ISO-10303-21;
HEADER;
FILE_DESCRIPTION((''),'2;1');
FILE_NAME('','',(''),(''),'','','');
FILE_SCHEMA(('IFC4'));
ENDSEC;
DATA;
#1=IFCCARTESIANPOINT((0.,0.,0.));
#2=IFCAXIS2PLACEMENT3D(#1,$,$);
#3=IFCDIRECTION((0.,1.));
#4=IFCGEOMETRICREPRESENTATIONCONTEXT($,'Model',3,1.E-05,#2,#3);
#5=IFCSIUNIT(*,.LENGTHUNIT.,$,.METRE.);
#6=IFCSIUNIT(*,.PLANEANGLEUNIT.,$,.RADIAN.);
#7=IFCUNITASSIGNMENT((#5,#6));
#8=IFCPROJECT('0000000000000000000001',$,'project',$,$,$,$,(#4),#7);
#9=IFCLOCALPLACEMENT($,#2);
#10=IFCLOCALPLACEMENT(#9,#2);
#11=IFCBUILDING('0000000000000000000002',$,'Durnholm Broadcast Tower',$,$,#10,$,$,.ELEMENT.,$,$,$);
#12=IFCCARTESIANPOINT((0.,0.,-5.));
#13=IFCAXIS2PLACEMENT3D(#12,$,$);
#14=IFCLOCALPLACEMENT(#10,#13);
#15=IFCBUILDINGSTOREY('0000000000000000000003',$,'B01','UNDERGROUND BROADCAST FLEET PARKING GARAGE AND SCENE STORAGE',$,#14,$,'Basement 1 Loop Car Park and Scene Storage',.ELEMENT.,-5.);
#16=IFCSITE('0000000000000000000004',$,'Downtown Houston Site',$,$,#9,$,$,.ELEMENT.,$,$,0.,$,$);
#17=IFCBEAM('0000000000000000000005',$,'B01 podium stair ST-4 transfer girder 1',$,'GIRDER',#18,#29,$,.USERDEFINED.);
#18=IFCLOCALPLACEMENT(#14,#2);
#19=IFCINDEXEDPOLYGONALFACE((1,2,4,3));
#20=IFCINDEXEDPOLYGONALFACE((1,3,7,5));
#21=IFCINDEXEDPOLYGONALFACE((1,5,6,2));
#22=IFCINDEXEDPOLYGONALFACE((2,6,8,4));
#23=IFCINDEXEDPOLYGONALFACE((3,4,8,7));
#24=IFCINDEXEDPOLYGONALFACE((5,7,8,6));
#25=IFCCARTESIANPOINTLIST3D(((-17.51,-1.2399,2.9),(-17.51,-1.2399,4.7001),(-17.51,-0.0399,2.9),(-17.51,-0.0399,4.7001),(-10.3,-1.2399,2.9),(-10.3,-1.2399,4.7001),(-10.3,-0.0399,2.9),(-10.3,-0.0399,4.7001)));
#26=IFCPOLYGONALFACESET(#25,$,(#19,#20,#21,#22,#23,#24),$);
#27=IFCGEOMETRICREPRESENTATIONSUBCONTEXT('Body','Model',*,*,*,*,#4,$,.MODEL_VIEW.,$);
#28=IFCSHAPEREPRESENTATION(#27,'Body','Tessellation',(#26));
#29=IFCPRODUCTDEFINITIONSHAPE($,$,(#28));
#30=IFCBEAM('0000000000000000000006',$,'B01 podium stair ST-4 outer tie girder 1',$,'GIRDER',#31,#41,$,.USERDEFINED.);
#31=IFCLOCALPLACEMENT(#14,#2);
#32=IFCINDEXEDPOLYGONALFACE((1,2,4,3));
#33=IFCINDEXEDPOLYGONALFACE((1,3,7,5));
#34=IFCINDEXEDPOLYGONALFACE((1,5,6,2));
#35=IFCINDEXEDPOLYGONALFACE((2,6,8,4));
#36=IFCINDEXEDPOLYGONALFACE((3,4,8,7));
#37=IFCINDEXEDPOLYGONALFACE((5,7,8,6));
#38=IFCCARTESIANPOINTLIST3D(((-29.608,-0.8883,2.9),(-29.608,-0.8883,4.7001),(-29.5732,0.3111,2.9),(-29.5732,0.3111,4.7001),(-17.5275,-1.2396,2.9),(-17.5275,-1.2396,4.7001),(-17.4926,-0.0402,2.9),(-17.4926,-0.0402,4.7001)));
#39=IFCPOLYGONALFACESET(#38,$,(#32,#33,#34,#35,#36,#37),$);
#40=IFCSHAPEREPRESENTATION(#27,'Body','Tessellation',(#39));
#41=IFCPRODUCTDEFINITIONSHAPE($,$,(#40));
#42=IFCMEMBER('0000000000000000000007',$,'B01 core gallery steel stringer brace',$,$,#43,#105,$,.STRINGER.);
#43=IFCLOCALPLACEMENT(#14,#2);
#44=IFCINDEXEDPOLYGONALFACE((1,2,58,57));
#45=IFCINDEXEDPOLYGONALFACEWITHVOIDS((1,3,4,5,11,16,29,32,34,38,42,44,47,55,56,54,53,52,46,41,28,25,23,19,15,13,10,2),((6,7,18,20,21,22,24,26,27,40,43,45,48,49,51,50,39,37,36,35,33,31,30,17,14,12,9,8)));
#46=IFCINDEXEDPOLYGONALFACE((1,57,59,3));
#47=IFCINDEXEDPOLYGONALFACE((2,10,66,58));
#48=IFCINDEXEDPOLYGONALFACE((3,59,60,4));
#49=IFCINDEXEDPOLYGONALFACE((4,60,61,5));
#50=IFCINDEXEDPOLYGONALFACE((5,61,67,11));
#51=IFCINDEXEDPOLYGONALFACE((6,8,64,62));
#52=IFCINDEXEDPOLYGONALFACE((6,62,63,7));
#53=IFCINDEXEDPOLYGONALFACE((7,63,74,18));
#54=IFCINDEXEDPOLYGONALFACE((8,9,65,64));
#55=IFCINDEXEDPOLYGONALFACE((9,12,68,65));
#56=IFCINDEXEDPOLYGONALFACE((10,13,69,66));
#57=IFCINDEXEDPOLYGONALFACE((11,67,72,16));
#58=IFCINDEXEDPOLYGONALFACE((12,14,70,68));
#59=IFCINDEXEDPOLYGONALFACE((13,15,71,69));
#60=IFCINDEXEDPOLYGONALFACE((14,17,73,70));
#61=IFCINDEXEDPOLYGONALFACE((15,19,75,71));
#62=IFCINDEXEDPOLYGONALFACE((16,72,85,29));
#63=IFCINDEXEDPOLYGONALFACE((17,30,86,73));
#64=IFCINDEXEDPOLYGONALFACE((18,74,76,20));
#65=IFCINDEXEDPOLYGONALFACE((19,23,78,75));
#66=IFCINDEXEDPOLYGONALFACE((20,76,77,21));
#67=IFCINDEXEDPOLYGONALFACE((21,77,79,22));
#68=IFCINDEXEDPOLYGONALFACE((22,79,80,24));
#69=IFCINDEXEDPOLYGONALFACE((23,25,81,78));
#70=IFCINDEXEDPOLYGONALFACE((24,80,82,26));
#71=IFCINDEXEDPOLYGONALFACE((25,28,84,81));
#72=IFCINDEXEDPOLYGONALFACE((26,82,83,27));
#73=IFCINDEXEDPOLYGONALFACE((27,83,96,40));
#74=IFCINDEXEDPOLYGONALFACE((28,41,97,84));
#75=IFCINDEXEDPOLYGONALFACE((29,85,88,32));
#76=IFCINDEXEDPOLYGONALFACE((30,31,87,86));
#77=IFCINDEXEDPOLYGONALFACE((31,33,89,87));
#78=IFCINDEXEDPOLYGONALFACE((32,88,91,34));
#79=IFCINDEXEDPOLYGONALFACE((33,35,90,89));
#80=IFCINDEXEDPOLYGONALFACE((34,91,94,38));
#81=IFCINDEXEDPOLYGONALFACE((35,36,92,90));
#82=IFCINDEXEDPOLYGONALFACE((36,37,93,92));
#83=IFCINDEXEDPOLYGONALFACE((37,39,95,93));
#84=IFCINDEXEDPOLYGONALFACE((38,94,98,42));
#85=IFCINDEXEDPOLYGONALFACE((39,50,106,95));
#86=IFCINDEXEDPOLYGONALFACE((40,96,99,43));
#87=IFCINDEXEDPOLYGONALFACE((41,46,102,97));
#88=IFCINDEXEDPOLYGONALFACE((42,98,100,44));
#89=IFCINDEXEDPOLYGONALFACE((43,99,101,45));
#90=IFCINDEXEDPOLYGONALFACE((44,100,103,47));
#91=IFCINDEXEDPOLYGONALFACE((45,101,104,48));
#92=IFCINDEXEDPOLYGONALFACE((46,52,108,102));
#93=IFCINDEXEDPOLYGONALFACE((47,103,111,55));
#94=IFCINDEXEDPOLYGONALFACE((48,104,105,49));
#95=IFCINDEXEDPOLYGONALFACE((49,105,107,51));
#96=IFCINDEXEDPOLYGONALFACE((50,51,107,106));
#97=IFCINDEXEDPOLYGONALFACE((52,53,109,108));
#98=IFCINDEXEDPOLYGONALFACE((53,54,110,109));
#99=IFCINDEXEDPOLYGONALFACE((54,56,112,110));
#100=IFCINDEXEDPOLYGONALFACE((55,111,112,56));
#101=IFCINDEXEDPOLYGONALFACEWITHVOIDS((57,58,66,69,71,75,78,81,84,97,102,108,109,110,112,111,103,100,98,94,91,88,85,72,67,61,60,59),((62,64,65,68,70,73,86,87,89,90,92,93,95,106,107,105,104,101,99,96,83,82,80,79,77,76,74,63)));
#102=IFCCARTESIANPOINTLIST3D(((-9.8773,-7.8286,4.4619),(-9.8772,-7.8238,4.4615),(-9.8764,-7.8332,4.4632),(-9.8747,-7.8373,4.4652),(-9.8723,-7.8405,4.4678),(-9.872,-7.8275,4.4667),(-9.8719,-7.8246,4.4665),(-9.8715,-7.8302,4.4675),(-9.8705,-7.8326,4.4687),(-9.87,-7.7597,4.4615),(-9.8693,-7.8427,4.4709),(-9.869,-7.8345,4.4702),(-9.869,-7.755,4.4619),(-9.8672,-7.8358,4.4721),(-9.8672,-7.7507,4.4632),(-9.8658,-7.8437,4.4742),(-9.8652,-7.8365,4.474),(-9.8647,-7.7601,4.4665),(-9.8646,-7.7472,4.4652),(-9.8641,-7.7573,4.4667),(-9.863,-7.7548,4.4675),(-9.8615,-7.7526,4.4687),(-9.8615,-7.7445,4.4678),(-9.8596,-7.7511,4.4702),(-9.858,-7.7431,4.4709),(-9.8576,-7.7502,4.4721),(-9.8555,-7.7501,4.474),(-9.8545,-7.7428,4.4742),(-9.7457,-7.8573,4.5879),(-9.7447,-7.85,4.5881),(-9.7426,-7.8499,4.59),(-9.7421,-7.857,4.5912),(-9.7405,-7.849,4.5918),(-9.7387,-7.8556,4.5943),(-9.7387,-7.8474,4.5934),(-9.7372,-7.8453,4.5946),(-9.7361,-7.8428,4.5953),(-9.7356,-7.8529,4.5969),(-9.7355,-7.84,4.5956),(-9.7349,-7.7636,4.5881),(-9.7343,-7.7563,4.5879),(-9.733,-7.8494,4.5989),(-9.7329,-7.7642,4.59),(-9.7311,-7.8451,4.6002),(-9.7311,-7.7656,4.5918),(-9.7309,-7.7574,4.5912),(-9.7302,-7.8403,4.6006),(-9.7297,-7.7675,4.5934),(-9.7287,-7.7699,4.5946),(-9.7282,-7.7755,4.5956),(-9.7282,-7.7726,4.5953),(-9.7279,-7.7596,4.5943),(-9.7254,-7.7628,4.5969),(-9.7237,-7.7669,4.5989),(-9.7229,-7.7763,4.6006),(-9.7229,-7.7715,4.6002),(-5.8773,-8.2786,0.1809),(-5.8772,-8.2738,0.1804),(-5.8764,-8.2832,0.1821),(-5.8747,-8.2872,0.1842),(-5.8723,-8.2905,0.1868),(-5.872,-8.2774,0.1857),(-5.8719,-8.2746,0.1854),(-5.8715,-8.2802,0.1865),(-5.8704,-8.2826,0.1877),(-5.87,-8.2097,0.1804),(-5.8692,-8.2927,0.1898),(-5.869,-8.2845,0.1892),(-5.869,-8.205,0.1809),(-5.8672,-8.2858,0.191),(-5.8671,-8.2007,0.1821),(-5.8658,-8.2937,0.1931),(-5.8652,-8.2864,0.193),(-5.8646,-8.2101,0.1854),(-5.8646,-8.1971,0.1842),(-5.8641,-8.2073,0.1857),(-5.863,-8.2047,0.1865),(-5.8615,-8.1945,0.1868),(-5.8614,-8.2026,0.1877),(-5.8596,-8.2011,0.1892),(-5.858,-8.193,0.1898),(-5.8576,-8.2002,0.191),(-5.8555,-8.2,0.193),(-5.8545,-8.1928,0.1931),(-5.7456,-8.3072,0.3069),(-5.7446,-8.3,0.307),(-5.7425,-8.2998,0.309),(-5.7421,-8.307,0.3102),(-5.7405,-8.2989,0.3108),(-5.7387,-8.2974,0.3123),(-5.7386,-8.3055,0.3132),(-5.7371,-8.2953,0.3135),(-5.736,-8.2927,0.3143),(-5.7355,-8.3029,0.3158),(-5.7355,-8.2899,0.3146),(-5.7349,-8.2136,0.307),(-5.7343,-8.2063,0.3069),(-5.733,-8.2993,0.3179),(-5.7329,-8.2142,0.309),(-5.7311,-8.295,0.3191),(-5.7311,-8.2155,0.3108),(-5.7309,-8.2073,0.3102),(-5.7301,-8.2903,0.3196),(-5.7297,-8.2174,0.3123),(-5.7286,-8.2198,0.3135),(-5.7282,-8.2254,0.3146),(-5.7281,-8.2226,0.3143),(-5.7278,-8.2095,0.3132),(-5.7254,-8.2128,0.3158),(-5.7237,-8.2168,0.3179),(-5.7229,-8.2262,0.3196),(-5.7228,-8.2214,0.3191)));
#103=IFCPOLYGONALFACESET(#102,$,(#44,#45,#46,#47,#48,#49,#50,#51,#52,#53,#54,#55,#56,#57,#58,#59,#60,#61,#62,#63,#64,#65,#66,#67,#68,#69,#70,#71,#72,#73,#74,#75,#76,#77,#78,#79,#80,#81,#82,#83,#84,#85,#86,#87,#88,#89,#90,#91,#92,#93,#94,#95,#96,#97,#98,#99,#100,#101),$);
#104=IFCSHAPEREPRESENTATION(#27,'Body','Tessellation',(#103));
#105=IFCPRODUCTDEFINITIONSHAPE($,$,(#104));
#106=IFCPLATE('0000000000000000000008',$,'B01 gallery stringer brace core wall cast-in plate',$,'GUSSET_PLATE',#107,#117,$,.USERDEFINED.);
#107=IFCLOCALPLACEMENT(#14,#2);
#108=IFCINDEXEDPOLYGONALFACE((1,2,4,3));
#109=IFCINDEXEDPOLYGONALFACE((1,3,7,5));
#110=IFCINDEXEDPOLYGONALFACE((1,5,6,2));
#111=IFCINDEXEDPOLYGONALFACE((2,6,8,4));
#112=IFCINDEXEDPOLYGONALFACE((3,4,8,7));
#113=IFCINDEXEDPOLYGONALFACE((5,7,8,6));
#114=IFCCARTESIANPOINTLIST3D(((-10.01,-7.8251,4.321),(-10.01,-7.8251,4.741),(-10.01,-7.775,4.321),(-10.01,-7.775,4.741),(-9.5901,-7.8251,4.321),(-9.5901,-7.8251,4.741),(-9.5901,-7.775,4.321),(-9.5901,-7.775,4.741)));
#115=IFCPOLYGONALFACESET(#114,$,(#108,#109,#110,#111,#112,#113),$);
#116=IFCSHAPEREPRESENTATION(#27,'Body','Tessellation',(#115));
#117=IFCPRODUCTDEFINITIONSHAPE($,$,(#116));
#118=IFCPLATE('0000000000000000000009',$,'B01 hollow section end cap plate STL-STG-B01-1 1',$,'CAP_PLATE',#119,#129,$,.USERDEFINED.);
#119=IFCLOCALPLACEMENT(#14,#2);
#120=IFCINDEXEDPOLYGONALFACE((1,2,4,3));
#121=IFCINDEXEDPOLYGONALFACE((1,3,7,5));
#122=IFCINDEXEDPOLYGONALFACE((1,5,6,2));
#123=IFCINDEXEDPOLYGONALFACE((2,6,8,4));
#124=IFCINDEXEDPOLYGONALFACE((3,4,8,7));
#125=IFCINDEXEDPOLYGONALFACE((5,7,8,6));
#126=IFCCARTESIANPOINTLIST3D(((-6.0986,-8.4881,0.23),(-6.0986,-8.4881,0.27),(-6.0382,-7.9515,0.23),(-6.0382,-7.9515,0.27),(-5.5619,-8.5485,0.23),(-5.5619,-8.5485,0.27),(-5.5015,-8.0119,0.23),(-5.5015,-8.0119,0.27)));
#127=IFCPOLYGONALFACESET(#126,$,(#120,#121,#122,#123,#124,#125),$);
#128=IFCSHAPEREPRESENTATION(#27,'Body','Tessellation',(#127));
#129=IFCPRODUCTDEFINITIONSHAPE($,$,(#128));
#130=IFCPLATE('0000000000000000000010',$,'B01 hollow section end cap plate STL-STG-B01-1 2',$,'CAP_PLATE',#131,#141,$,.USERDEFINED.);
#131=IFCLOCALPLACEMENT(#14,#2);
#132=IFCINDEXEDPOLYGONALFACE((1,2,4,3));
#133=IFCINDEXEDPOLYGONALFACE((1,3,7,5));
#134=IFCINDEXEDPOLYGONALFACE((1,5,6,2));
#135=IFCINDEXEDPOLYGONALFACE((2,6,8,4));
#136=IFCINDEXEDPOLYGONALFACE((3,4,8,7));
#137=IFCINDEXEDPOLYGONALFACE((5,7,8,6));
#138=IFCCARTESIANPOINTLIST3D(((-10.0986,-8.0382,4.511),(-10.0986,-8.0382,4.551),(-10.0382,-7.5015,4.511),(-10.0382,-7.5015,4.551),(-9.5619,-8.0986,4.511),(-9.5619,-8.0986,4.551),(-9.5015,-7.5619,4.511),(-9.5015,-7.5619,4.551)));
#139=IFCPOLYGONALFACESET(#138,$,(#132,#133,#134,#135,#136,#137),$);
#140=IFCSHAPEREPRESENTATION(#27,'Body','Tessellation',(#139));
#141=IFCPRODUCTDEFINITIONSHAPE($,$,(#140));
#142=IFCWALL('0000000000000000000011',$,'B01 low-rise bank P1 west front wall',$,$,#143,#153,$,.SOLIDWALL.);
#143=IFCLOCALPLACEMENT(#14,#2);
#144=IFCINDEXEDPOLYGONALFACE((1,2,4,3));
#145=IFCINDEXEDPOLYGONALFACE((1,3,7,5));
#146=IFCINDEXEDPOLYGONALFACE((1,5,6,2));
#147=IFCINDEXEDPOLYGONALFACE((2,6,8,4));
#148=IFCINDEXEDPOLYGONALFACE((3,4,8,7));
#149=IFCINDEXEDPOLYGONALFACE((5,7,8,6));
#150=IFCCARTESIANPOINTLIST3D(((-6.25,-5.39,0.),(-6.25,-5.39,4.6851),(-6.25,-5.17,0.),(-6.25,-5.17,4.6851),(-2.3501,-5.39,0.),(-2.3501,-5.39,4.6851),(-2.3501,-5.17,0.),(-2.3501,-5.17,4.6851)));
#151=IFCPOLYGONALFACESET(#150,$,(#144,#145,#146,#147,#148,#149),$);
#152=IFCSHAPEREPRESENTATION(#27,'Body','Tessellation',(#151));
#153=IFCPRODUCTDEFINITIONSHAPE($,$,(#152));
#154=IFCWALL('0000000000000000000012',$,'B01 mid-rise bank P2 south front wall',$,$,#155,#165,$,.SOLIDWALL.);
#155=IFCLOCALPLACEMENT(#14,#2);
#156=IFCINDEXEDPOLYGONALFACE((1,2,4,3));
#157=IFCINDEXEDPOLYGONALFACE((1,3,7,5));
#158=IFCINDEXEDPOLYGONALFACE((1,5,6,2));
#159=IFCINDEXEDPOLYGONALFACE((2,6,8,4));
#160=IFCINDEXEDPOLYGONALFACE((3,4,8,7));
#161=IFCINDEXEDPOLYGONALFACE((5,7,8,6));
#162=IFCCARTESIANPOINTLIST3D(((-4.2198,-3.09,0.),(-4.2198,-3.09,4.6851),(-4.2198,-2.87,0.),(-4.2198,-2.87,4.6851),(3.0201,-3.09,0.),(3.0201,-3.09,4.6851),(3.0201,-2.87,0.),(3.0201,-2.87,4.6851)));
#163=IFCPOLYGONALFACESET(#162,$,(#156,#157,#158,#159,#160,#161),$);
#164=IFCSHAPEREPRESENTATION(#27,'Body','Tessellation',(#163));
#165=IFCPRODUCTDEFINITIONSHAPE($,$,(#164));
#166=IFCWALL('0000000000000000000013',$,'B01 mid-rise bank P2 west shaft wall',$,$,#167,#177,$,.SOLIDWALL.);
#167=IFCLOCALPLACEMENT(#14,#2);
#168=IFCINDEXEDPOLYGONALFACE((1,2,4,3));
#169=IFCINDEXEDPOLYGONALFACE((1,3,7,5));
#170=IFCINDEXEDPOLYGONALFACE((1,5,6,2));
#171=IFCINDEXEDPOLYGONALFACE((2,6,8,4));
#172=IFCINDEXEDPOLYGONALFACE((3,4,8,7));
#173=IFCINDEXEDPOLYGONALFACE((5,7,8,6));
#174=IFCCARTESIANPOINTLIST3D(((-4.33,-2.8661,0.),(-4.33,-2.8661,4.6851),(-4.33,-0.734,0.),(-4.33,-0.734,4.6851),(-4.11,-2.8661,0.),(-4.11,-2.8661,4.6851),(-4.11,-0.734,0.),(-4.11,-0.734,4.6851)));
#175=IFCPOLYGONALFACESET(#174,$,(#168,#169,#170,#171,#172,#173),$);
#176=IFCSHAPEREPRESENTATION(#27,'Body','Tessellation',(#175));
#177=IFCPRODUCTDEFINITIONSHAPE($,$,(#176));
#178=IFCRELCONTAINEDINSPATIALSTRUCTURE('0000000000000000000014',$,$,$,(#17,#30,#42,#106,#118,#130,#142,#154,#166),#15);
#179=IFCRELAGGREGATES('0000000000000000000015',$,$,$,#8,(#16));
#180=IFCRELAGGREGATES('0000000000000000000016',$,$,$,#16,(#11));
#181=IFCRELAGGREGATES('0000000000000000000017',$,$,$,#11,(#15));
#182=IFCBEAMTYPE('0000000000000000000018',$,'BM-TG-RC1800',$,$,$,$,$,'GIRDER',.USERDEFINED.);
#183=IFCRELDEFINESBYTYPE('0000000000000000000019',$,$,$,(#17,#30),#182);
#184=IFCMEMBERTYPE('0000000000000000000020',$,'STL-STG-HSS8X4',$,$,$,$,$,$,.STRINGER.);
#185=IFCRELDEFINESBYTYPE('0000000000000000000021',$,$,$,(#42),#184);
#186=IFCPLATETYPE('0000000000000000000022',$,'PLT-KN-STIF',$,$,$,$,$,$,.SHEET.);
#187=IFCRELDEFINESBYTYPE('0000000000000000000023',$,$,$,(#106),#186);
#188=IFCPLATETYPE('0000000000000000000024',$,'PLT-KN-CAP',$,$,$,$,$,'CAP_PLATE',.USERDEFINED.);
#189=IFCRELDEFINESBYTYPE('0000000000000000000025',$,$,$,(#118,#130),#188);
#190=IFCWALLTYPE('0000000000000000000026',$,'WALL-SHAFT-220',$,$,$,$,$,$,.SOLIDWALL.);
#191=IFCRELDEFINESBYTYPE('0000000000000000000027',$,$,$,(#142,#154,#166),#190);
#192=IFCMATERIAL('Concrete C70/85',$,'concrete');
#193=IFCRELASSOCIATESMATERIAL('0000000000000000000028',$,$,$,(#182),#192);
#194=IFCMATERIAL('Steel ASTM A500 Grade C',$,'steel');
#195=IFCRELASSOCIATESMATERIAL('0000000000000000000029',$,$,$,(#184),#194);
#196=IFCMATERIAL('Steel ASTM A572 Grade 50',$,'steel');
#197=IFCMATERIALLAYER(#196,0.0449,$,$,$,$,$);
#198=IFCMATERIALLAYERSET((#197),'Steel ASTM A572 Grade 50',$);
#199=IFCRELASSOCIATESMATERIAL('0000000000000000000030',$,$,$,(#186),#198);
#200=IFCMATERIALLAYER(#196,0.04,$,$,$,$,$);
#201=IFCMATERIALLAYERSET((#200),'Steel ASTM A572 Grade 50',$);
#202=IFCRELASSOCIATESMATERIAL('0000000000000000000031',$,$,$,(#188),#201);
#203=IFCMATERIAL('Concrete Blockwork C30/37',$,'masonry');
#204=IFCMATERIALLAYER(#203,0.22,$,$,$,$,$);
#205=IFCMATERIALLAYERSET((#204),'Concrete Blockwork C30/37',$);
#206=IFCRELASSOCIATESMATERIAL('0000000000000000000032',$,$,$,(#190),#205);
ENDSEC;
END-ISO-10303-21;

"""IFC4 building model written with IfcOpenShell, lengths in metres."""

from ifc_helpers import new_model, si_unit, direction, frame, frame_2d, origin, origin_2d, place, context, subcontext, project, spatial, rectangle, hollow_rectangle, extrude, source, transform, mapped, material, layer, layer_set, material_profile, profile_set, type_object, type_shapes, element, save


model = new_model("IFC4")

# Units and contexts
model_context = context("Model", 3, precision=1e-05, world=origin(), true_north=direction((0.0, 1.0)))
body_context = subcontext(model_context, "Body", "Model", "MODEL_VIEW")
ifc_project = project(units=[si_unit("LENGTHUNIT", "METRE"), si_unit("PLANEANGLEUNIT", "RADIAN")], contexts=[model_context])

# Site, building, storey
site_placement = place(None, origin())
site = spatial("IfcSite", under=ifc_project, at=site_placement, Name="Downtown Houston Site", CompositionType="ELEMENT", RefElevation=0.0)
building_placement = place(site_placement, origin())
building = spatial("IfcBuilding", under=site, at=building_placement, Name="Durnholm Broadcast Tower", CompositionType="ELEMENT")
storey_placement = place(building_placement, frame((0.0, 0.0, -5.0)))
storey = spatial("IfcBuildingStorey", under=building, at=storey_placement, Name="B01", Description="UNDERGROUND BROADCAST FLEET PARKING GARAGE AND SCENE STORAGE", LongName="Basement 1 Loop Car Park and Scene Storage", CompositionType="ELEMENT", Elevation=-5.0)

# Shared definitions
ifc_material_1 = material(Name="Concrete C70/85", Category="concrete")

# Beams
ifc_material_profile_1 = material_profile(ifc_material_1, rectangle(XDim=1.2, YDim=1.8, at=origin_2d()), Name="RC1200X1800")
ifc_profile_set_1 = profile_set([ifc_material_profile_1], Name="Concrete C70/85")
beam_type_1 = type_object("IfcBeamType", Name="BM-TG-RC1800", ElementType="GIRDER", PredefinedType="USERDEFINED", material=ifc_profile_set_1)
shared_shape_1 = source(origin(), body_context, "Body", "SweptSolid", [
    extrude(rectangle(XDim=1.2, YDim=1.8, at=origin_2d()), origin(), (0.0, 0.0, 1.0), 7.21),
])
beam_1_placement = place(storey_placement, frame((-10.3, -0.6399, 3.8), z_axis=(-1.0, 0.0, 0.0), x_axis=(0.0, -1.0, 0.0)))
element("IfcBeam", 1, at=beam_1_placement, inside=storey, type_object=beam_type_1, Name="B01 podium stair ST-4 transfer girder 1", ObjectType="GIRDER", PredefinedType="USERDEFINED", context=body_context, shape_type="MappedRepresentation", body=[
    mapped(shared_shape_1, transform((0.0, 0.0, 0.0), x_axis=(1.0, 0.0, 0.0), y_axis=(0.0, 1.0, 0.0), z_axis=(0.0, 0.0, 1.0), scale=1.0)),
])
shared_shape_2 = source(origin(), body_context, "Body", "SweptSolid", [
    extrude(rectangle(XDim=1.2, YDim=1.8, at=origin_2d()), origin(), (0.0, 0.0, 1.0), 12.0857),
])
type_shapes(beam_type_1, [shared_shape_1, shared_shape_2])
beam_2_placement = place(storey_placement, frame((-17.51, -0.6399, 3.8), z_axis=(-0.999577, 0.029069, 0.0), x_axis=(-0.029069, -0.999577, 0.0)))
element("IfcBeam", 2, at=beam_2_placement, inside=storey, type_object=beam_type_1, Name="B01 podium stair ST-4 outer tie girder 1", ObjectType="GIRDER", PredefinedType="USERDEFINED", context=body_context, shape_type="MappedRepresentation", body=[
    mapped(shared_shape_2, transform((0.0, 0.0, 0.0), x_axis=(1.0, 0.0, 0.0), y_axis=(0.0, 1.0, 0.0), z_axis=(0.0, 0.0, 1.0), scale=1.0)),
])

# Member
ifc_material_2 = material(Name="Steel ASTM A500 Grade C", Category="steel")
ifc_material_profile_2 = material_profile(ifc_material_2, hollow_rectangle(XDim=0.1016, YDim=0.2031, WallThickness=0.0073, InnerFilletRadius=0.011, OuterFilletRadius=0.0186, at=origin_2d()), Name="HSS8X4X5/16")
ifc_profile_set_2 = profile_set([ifc_material_profile_2], Name="Steel ASTM A500 Grade C")
member_type = type_object("IfcMemberType", Name="STL-STG-HSS8X4", PredefinedType="STRINGER", material=ifc_profile_set_2)
shared_shape_3 = source(origin(), body_context, "Body", "SweptSolid", [
    extrude(hollow_rectangle(XDim=0.1016, YDim=0.2031, WallThickness=0.0073, InnerFilletRadius=0.011, OuterFilletRadius=0.0186, at=origin_2d()), origin(), (0.0, 0.0, 1.0), 5.8762),
])
type_shapes(member_type, [shared_shape_3])
member_placement = place(storey_placement, frame((-5.8, -8.25, 0.25), z_axis=(-0.680715, 0.076572, 0.728536), x_axis=(-0.111783, -0.993733, 0.0)))
element("IfcMember", 3, at=member_placement, inside=storey, type_object=member_type, Name="B01 core gallery steel stringer brace", PredefinedType="STRINGER", context=body_context, shape_type="MappedRepresentation", body=[
    mapped(shared_shape_3, transform((0.0, 0.0, 0.0), x_axis=(1.0, 0.0, 0.0), y_axis=(0.0, 1.0, 0.0), z_axis=(0.0, 0.0, 1.0), scale=1.0)),
])

# Plates
ifc_material_3 = material(Name="Steel ASTM A572 Grade 50", Category="steel")
ifc_layer_1 = layer(ifc_material_3, 0.0449)
ifc_layer_set_1 = layer_set([ifc_layer_1], Name="Steel ASTM A572 Grade 50")
plate_type_1 = type_object("IfcPlateType", Name="PLT-KN-STIF", PredefinedType="SHEET", material=ifc_layer_set_1)
shared_shape_4 = source(origin(), body_context, "Body", "SweptSolid", [
    extrude(rectangle(XDim=0.4199, YDim=0.05, at=origin_2d()), origin(), (0.0, 0.0, 1.0), 0.4199),
])
type_shapes(plate_type_1, [shared_shape_4])
plate_placement = place(storey_placement, frame((-9.8, -7.8, 4.321), z_axis=(0.0, 0.0, 1.0), x_axis=(1.0, 0.0, 0.0)))
element("IfcPlate", 4, at=plate_placement, inside=storey, type_object=plate_type_1, Name="B01 gallery stringer brace core wall cast-in plate", ObjectType="GUSSET_PLATE", PredefinedType="USERDEFINED", context=body_context, shape_type="MappedRepresentation", body=[
    mapped(shared_shape_4, transform((0.0, 0.0, 0.0), x_axis=(1.0, 0.0, 0.0), y_axis=(0.0, 1.0, 0.0), z_axis=(0.0, 0.0, 1.0), scale=1.0)),
])
ifc_layer_2 = layer(ifc_material_3, 0.04)
ifc_layer_set_2 = layer_set([ifc_layer_2], Name="Steel ASTM A572 Grade 50")
plate_type_2 = type_object("IfcPlateType", Name="PLT-KN-CAP", ElementType="CAP_PLATE", PredefinedType="USERDEFINED", material=ifc_layer_set_2)
shared_shape_5 = source(origin(), body_context, "Body", "SweptSolid", [
    extrude(rectangle(XDim=0.54, YDim=0.54, at=origin_2d()), origin(), (0.0, 0.0, 1.0), 0.04),
])
type_shapes(plate_type_2, [shared_shape_5])
for number, where, z_axis, x_axis, name in (
    (5, (-5.8, -8.25, 0.23), (0.0, 0.0, 1.0), (-0.993729, 0.111816, 0.0), "B01 hollow section end cap plate STL-STG-B01-1 1"),
    (6, (-9.8, -7.8, 4.511), (0.0, 0.0, 1.0), (-0.993729, 0.111816, 0.0), "B01 hollow section end cap plate STL-STG-B01-1 2"),
):
    element("IfcPlate", number, at=place(storey_placement, frame(where, z_axis=z_axis, x_axis=x_axis)), inside=storey, type_object=plate_type_2, Name=name, ObjectType="CAP_PLATE", PredefinedType="USERDEFINED", context=body_context, shape_type="MappedRepresentation", body=[
        mapped(shared_shape_5, transform((0.0, 0.0, 0.0), x_axis=(1.0, 0.0, 0.0), y_axis=(0.0, 1.0, 0.0), z_axis=(0.0, 0.0, 1.0), scale=1.0)),
    ])

# Walls
ifc_material_4 = material(Name="Concrete Blockwork C30/37", Category="masonry")
ifc_layer_3 = layer(ifc_material_4, 0.22)
ifc_layer_set_3 = layer_set([ifc_layer_3], Name="Concrete Blockwork C30/37")
wall_type_1 = type_object("IfcWallType", Name="WALL-SHAFT-220", PredefinedType="SOLIDWALL", material=ifc_layer_set_3)
wall_1_placement = place(storey_placement, frame((-6.25, -5.28, 0.0), z_axis=(0.0, 0.0, 1.0), x_axis=(1.0, 0.0, 0.0)))
element("IfcWall", 7, at=wall_1_placement, inside=storey, type_object=wall_type_1, Name="B01 low-rise bank P1 west front wall", PredefinedType="SOLIDWALL", context=body_context, shape_type="SweptSolid", body=[
    extrude(rectangle(XDim=3.8999, YDim=0.22, at=frame_2d((1.95, 0.0))), origin(), (0.0, 0.0, 1.0), 4.6851),
])
wall_2_placement = place(storey_placement, frame((-4.22, -2.98, 0.0), z_axis=(0.0, 0.0, 1.0), x_axis=(1.0, 0.0, 0.0)))
element("IfcWall", 8, at=wall_2_placement, inside=storey, type_object=wall_type_1, Name="B01 mid-rise bank P2 south front wall", PredefinedType="SOLIDWALL", context=body_context, shape_type="SweptSolid", body=[
    extrude(rectangle(XDim=7.24, YDim=0.22, at=frame_2d((3.6201, 0.0))), origin(), (0.0, 0.0, 1.0), 4.6851),
])
wall_3_placement = place(storey_placement, frame((-4.22, -2.866, 0.0), z_axis=(0.0, 0.0, 1.0), x_axis=(0.0, 1.0, 0.0)))
element("IfcWall", 9, at=wall_3_placement, inside=storey, type_object=wall_type_1, Name="B01 mid-rise bank P2 west shaft wall", PredefinedType="SOLIDWALL", context=body_context, shape_type="SweptSolid", body=[
    extrude(rectangle(XDim=2.1321, YDim=0.22, at=frame_2d((1.0659, 0.0))), origin(), (0.0, 0.0, 1.0), 4.6851),
])

save(model, "model.ifc")
